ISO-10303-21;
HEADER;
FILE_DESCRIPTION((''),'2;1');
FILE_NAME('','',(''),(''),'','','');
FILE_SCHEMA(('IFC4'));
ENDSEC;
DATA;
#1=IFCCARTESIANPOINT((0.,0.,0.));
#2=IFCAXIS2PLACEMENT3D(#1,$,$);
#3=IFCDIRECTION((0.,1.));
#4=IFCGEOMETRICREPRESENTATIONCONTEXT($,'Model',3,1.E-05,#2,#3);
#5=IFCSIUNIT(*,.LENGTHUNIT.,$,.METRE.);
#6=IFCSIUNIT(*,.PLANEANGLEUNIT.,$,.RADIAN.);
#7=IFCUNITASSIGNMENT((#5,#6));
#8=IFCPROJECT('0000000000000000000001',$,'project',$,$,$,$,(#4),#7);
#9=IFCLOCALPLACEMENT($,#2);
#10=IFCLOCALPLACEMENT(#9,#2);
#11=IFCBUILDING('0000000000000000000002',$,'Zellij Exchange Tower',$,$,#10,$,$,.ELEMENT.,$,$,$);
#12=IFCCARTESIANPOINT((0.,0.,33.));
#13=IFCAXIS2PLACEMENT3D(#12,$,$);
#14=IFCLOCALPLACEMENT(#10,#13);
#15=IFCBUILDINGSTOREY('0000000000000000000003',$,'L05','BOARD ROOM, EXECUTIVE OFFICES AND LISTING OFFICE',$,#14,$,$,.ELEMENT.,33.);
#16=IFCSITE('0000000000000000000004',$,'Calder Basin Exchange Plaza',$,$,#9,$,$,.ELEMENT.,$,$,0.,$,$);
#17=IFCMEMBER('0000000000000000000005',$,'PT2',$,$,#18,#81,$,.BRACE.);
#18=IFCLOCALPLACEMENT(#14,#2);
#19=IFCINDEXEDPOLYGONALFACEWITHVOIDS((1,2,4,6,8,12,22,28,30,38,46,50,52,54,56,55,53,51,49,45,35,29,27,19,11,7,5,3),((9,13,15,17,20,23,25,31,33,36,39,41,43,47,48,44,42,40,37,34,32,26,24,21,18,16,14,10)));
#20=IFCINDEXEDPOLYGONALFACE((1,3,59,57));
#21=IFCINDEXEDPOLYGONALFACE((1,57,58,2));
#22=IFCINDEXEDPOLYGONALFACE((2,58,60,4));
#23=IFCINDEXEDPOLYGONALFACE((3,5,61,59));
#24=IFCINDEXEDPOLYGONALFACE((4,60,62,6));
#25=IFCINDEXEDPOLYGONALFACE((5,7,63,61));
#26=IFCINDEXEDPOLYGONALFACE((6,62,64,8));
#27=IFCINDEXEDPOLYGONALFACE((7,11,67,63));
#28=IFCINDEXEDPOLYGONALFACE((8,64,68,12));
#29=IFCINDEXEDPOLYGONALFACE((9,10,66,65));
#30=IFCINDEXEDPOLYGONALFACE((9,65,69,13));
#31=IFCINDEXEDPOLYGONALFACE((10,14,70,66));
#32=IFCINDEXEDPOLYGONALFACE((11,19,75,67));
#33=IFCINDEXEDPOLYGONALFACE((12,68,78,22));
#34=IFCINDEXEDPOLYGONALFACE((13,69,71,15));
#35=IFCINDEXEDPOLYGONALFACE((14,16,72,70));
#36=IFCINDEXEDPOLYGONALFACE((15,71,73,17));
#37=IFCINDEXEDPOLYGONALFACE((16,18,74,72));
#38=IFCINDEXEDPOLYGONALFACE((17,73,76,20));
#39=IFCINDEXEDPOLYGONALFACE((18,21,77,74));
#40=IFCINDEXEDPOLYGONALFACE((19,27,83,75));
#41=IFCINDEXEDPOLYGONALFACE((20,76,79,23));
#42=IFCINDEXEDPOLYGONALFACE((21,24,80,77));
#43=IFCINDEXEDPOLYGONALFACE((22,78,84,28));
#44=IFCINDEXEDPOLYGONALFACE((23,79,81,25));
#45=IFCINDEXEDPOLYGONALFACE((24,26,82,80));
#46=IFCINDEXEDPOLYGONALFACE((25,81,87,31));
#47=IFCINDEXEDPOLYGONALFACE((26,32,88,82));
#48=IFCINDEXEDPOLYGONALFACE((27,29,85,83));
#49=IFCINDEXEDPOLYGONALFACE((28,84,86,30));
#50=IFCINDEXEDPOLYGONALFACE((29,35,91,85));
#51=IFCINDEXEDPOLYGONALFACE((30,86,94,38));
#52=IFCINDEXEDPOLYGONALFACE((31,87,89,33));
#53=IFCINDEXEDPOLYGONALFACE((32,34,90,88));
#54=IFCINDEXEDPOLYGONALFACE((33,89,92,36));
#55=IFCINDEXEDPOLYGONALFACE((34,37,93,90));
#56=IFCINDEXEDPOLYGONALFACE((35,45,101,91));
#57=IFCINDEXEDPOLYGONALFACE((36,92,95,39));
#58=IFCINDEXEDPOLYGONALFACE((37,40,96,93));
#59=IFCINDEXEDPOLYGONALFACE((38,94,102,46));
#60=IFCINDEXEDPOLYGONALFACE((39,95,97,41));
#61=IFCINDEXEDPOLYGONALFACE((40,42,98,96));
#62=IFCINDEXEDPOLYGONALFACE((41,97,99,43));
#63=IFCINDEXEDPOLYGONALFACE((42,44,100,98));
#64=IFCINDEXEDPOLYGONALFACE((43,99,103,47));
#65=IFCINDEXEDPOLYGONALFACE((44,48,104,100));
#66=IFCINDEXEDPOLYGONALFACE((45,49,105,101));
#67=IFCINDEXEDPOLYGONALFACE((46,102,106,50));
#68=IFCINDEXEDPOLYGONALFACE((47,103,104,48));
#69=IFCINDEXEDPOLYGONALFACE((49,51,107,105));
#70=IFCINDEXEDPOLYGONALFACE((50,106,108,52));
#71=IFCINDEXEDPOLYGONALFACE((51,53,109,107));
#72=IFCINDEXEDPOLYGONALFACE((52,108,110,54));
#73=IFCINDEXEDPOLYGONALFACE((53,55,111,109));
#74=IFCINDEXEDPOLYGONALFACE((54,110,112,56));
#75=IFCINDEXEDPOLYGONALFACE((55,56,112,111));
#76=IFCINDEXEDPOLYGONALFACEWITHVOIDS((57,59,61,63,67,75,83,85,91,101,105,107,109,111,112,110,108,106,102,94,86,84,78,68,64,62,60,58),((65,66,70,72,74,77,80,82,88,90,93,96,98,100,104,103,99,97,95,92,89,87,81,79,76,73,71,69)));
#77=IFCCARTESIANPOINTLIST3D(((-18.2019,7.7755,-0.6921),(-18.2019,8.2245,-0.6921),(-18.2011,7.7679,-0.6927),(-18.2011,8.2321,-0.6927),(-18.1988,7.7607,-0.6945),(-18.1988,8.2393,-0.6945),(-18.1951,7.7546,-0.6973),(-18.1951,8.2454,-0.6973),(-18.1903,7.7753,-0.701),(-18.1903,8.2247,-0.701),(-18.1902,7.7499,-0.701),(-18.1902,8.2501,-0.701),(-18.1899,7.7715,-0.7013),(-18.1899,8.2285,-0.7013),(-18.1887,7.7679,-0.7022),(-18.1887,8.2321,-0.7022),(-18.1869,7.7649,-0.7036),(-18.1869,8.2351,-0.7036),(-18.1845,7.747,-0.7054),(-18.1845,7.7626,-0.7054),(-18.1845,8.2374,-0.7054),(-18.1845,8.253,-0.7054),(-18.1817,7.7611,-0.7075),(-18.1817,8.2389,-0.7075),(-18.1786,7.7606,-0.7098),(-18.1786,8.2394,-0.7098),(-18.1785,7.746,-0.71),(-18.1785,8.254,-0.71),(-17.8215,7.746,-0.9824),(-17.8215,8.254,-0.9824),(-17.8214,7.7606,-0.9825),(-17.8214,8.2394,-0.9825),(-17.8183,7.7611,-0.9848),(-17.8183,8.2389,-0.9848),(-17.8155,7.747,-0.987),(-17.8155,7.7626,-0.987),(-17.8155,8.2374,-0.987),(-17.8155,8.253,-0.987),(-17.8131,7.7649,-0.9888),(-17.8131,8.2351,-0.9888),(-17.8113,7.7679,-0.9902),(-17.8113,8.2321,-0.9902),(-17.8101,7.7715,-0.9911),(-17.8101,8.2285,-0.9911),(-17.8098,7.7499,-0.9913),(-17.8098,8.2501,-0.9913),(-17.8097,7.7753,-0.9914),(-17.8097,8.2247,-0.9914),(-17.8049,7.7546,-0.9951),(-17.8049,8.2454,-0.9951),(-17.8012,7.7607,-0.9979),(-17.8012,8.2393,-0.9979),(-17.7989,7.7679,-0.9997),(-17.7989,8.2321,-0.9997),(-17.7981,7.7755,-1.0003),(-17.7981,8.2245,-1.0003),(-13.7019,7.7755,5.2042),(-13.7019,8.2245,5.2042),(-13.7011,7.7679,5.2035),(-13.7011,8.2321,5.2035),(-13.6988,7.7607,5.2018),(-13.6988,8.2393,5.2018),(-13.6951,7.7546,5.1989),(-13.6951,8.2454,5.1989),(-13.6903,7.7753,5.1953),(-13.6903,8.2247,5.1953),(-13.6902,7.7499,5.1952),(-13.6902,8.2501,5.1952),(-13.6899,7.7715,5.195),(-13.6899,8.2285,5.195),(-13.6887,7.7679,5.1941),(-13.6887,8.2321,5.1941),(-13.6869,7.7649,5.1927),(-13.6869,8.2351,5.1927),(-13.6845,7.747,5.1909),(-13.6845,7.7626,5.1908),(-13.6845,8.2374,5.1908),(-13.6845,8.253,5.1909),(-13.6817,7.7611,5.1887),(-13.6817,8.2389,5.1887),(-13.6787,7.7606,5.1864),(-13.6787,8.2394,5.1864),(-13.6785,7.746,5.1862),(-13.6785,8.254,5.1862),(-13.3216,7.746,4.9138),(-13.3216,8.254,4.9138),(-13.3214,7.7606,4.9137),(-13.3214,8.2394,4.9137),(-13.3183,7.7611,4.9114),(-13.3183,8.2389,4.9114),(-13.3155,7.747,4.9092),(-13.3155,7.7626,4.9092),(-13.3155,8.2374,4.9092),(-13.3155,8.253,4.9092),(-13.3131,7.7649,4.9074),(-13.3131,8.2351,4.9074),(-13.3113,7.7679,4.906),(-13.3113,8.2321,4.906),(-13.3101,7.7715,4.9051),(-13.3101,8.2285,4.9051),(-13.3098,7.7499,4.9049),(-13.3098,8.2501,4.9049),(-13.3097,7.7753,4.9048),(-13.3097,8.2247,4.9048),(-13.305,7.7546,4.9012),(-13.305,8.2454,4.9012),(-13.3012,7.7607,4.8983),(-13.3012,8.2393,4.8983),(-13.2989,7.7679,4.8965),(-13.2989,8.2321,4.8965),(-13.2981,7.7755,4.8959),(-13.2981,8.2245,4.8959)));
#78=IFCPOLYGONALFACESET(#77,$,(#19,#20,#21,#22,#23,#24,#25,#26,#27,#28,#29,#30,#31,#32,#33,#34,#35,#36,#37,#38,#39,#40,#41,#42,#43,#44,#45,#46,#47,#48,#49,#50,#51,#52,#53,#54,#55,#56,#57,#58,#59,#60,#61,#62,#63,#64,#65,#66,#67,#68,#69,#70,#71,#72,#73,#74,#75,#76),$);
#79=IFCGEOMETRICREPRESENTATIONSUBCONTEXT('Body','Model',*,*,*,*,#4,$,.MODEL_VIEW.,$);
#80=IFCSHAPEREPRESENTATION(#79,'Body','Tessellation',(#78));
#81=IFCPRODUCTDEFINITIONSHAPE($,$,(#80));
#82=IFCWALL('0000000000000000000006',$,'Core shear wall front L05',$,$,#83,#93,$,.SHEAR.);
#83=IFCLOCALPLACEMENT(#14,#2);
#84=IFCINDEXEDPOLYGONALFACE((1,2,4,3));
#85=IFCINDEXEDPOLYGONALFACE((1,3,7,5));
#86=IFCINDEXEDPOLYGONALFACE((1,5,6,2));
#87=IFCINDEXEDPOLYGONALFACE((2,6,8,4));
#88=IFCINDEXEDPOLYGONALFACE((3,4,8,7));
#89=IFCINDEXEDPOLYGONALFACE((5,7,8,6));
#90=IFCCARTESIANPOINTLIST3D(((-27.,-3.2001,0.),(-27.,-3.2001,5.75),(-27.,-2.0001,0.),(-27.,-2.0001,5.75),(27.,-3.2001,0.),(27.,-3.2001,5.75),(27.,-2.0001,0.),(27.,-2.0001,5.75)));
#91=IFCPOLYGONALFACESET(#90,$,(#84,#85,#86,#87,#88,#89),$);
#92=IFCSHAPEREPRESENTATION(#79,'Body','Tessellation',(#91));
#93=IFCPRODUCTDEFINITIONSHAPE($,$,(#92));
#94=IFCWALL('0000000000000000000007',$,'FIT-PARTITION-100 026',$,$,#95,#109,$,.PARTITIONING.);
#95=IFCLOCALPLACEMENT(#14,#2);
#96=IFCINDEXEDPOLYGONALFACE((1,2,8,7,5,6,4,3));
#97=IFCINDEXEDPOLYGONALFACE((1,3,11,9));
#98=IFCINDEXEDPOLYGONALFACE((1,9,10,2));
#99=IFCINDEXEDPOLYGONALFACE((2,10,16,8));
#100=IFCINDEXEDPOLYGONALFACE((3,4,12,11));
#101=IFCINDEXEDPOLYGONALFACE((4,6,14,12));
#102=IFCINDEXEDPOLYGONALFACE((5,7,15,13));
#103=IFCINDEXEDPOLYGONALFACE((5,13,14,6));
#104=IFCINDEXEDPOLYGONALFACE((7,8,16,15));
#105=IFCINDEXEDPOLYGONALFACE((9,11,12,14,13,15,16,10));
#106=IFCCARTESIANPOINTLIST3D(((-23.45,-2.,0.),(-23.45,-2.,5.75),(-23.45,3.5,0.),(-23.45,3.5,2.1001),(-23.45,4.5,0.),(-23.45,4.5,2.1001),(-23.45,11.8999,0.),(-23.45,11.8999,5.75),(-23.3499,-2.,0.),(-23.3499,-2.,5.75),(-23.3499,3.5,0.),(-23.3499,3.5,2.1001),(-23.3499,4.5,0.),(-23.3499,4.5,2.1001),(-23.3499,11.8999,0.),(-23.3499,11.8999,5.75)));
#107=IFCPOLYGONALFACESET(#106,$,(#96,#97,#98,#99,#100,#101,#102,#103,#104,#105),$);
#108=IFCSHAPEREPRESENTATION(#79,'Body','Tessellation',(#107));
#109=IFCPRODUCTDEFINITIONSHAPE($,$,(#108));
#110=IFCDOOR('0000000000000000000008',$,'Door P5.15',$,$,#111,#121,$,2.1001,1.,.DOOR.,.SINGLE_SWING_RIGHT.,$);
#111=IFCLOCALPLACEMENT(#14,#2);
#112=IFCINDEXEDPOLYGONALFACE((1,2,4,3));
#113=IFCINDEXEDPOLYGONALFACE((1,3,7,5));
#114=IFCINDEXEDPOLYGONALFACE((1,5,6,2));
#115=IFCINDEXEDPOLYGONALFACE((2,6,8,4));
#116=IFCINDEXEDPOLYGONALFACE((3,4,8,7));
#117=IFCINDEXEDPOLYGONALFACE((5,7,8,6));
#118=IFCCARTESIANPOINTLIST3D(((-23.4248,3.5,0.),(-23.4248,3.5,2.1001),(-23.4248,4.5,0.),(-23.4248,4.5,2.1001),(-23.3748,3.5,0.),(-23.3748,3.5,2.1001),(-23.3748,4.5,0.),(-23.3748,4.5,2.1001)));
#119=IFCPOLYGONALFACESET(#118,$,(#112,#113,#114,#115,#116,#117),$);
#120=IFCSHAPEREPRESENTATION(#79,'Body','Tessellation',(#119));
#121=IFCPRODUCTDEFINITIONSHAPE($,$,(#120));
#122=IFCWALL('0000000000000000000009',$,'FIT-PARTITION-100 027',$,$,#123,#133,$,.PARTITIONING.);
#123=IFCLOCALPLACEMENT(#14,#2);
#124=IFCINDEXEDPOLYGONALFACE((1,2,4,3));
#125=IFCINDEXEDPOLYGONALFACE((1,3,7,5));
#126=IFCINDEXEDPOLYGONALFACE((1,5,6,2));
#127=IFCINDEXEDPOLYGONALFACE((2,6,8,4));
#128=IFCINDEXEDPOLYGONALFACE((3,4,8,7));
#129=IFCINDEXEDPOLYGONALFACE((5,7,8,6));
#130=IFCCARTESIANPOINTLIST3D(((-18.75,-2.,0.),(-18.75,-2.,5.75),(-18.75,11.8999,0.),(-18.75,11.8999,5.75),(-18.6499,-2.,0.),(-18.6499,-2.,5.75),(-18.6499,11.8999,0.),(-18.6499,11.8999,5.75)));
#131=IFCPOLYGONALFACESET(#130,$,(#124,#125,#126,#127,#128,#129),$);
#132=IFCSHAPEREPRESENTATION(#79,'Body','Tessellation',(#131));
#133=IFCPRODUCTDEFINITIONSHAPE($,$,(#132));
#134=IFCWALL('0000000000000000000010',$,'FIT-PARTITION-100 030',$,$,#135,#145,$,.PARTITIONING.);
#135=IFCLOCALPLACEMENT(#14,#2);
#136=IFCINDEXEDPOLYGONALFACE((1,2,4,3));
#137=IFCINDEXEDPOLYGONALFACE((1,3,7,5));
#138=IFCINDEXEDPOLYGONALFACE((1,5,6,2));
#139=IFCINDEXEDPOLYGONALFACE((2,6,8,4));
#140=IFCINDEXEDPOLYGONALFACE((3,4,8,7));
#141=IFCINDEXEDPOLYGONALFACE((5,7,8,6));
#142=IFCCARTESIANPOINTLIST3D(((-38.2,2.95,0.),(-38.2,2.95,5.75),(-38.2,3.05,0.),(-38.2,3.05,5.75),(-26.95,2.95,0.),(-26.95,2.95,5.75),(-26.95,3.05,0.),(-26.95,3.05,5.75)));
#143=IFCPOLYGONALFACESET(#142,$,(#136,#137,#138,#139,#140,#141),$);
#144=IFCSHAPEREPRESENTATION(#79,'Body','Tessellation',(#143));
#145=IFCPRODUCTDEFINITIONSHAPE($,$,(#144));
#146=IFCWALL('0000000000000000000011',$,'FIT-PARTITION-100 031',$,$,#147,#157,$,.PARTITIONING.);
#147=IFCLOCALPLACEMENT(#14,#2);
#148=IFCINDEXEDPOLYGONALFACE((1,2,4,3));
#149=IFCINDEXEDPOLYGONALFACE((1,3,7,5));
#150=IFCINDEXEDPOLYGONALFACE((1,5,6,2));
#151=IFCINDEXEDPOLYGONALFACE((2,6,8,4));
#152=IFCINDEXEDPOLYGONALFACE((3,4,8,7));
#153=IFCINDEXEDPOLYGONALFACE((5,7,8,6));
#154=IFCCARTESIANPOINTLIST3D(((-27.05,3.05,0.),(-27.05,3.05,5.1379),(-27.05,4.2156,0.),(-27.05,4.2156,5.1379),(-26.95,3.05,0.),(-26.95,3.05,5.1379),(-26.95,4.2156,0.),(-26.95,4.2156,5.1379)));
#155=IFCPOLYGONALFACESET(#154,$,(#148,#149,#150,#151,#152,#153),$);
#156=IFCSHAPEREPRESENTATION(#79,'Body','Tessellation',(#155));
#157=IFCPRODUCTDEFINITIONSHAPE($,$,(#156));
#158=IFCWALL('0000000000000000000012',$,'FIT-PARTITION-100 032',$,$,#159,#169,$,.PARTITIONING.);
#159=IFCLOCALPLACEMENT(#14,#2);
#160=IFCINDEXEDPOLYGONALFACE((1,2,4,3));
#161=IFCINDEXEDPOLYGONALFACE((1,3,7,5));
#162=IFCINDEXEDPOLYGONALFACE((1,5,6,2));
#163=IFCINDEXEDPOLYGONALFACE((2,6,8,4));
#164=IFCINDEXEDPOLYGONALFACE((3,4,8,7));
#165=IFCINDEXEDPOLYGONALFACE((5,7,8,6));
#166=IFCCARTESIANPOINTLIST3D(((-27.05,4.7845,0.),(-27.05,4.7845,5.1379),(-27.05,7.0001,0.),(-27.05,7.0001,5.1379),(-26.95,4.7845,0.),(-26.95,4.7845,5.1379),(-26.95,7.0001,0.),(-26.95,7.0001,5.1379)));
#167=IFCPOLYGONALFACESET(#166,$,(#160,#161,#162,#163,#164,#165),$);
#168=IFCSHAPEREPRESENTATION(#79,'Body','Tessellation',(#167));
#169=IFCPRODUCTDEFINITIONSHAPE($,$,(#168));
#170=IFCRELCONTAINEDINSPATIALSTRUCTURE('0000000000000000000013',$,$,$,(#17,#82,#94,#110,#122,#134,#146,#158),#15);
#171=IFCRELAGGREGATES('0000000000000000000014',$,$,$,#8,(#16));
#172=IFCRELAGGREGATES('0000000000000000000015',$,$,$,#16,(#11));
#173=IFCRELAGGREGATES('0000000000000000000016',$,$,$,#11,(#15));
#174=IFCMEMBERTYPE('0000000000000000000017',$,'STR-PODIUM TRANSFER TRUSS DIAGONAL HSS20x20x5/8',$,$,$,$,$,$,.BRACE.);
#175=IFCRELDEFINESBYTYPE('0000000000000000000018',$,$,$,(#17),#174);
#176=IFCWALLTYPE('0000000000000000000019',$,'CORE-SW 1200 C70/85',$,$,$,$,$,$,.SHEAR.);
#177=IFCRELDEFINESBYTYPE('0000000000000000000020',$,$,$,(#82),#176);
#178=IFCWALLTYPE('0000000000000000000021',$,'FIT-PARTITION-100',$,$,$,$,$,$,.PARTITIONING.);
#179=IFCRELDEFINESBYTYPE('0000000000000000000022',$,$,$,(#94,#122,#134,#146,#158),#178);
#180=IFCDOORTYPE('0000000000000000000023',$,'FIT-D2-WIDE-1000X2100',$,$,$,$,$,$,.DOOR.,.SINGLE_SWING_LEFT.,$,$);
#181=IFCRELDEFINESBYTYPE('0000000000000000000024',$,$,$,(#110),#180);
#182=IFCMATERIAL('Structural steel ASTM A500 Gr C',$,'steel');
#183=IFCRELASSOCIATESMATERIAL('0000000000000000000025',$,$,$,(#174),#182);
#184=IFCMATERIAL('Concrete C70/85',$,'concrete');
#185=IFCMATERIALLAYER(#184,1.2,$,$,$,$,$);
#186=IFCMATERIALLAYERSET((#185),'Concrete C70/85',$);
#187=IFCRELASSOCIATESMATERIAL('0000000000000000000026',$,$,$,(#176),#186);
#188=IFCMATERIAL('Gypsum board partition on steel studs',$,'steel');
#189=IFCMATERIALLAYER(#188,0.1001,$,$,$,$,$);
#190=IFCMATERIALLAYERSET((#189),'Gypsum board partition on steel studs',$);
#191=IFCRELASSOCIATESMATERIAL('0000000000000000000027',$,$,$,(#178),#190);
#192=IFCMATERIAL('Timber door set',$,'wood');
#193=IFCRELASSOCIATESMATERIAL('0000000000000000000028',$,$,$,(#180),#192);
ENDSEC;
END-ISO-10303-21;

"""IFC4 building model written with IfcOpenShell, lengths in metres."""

from ifc_helpers import new_model, si_unit, direction, frame, frame_2d, origin, origin_2d, place, context, subcontext, project, spatial, rectangle, hollow_rectangle, extrude, material, layer, layer_set, material_profile, profile_set, type_object, element, fill, save


model = new_model("IFC4")

# Units and contexts
model_context = context("Model", 3, precision=1e-05, world=origin(), true_north=direction((0.0, 1.0)))
body_context = subcontext(model_context, "Body", "Model", "MODEL_VIEW")
ifc_project = project(units=[si_unit("LENGTHUNIT", "METRE"), si_unit("PLANEANGLEUNIT", "RADIAN")], contexts=[model_context])

# Site, building, storey
site_placement = place(None, origin())
site = spatial("IfcSite", under=ifc_project, at=site_placement, Name="Calder Basin Exchange Plaza", CompositionType="ELEMENT", RefElevation=0.0)
building_placement = place(site_placement, origin())
building = spatial("IfcBuilding", under=site, at=building_placement, Name="Zellij Exchange Tower", CompositionType="ELEMENT")
storey_placement = place(building_placement, frame((0.0, 0.0, 33.0)))
storey = spatial("IfcBuildingStorey", under=building, at=storey_placement, Name="L05", Description="BOARD ROOM, EXECUTIVE OFFICES AND LISTING OFFICE", CompositionType="ELEMENT", Elevation=33.0)

# Shared definitions
ifc_material_1 = material(Name="Concrete C70/85", Category="concrete")

# Member
ifc_material_2 = material(Name="Structural steel ASTM A500 Gr C", Category="steel")
ifc_material_profile_1 = material_profile(ifc_material_2, hollow_rectangle(XDim=0.5081, YDim=0.5081, WallThickness=0.0146, InnerFilletRadius=0.0146, OuterFilletRadius=0.0295, at=origin_2d()), Name="STR-PODIUM TRANSFER TRUSS DIAGONAL HSS20x20x5/8")
ifc_profile_set_1 = profile_set([ifc_material_profile_1], Name="Structural steel ASTM A500 Gr C")
member_type = type_object("IfcMemberType", Name="STR-PODIUM TRANSFER TRUSS DIAGONAL HSS20x20x5/8", PredefinedType="BRACE", material=ifc_profile_set_1)
for number, where, z_axis, x_axis, name in (
    (1, (-18.0, 8.0, -0.8462), (0.606694, 0.0, 0.794936), (0.0, 1.0, 0.0), "PT2"),
):
    element("IfcMember", number, at=place(storey_placement, frame(where, z_axis=z_axis, x_axis=x_axis)), inside=storey, type_object=member_type, Name=name, PredefinedType="BRACE", context=body_context, shape_type="SweptSolid", body=[
        extrude(hollow_rectangle(XDim=0.5081, YDim=0.5081, WallThickness=0.0146, InnerFilletRadius=0.0146, OuterFilletRadius=0.0295, at=origin_2d()), origin(), (0.0, 0.0, 1.0), 7.4172),
    ])

# Wall
ifc_layer_1 = layer(ifc_material_1, 1.2)
ifc_layer_set_1 = layer_set([ifc_layer_1], Name="Concrete C70/85")
wall_type_1 = type_object("IfcWallType", Name="CORE-SW 1200 C70/85", PredefinedType="SHEAR", material=ifc_layer_set_1)
wall_1_placement = place(storey_placement, frame((-27.0, -2.6001, 0.0), z_axis=(0.0, 0.0, 1.0), x_axis=(1.0, 0.0, 0.0)))
element("IfcWall", 2, at=wall_1_placement, inside=storey, type_object=wall_type_1, Name="Core shear wall front L05", PredefinedType="SHEAR", context=body_context, shape_type="SweptSolid", body=[
    extrude(rectangle(XDim=54.0, YDim=1.2, at=frame_2d((27.0, 0.0))), origin(), (0.0, 0.0, 1.0), 5.75),
])

# Wall, opening, door
ifc_material_3 = material(Name="Gypsum board partition on steel studs", Category="steel")
ifc_layer_2 = layer(ifc_material_3, 0.1001)
ifc_layer_set_2 = layer_set([ifc_layer_2], Name="Gypsum board partition on steel studs")
wall_type_2 = type_object("IfcWallType", Name="FIT-PARTITION-100", PredefinedType="PARTITIONING", material=ifc_layer_set_2)
wall_2_placement = place(storey_placement, frame((-23.3999, -2.0, 0.0), z_axis=(0.0, 0.0, 1.0), x_axis=(0.0, 1.0, 0.0)))
wall_2 = element("IfcWall", 3, at=wall_2_placement, inside=storey, type_object=wall_type_2, Name="FIT-PARTITION-100 026", PredefinedType="PARTITIONING", context=body_context, shape_type="SweptSolid", body=[
    extrude(rectangle(XDim=13.8999, YDim=0.1001, at=frame_2d((6.95, 0.0))), origin(), (0.0, 0.0, 1.0), 5.75),
])
opening_placement = place(wall_2_placement, frame((5.5, 0.0, 0.0)))
opening = element("IfcOpeningElement", 4, at=opening_placement, cuts=wall_2, PredefinedType="OPENING", context=body_context, shape_type="SweptSolid", body=[
    extrude(rectangle(XDim=1.0, YDim=2.1001, at=frame_2d((0.5, 1.05))), frame((0.0, 0.062, 0.0), z_axis=(0.0, -1.0, 0.0), x_axis=(1.0, 0.0, 0.0)), (0.0, 0.0, 1.0), 0.124),
])
ifc_material_4 = material(Name="Timber door set", Category="wood")
door_type = type_object("IfcDoorType", Name="FIT-D2-WIDE-1000X2100", OperationType="SINGLE_SWING_LEFT", PredefinedType="DOOR", material=ifc_material_4)
door_placement = place(opening_placement, origin())
door = element("IfcDoor", 5, at=door_placement, inside=storey, type_object=door_type, Name="Door P5.15", OperationType="SINGLE_SWING_RIGHT", OverallHeight=2.1001, OverallWidth=1.0, PredefinedType="DOOR", context=body_context, shape_type="SweptSolid", body=[
    extrude(rectangle(XDim=1.0, YDim=2.1001, at=frame_2d((0.5, 1.05))), frame((0.0, 0.0249, 0.0), z_axis=(0.0, -1.0, 0.0), x_axis=(1.0, 0.0, 0.0)), (0.0, 0.0, 1.0), 0.05),
])
fill(opening, door)

# Walls
wall_3_placement = place(storey_placement, frame((-18.7, -2.0, 0.0), z_axis=(0.0, 0.0, 1.0), x_axis=(0.0, 1.0, 0.0)))
element("IfcWall", 6, at=wall_3_placement, inside=storey, type_object=wall_type_2, Name="FIT-PARTITION-100 027", PredefinedType="PARTITIONING", context=body_context, shape_type="SweptSolid", body=[
    extrude(rectangle(XDim=13.8999, YDim=0.1001, at=frame_2d((6.95, 0.0))), origin(), (0.0, 0.0, 1.0), 5.75),
])
wall_4_placement = place(storey_placement, frame((-38.2, 3.0, 0.0), z_axis=(0.0, 0.0, 1.0), x_axis=(1.0, 0.0, 0.0)))
element("IfcWall", 7, at=wall_4_placement, inside=storey, type_object=wall_type_2, Name="FIT-PARTITION-100 030", PredefinedType="PARTITIONING", context=body_context, shape_type="SweptSolid", body=[
    extrude(rectangle(XDim=11.25, YDim=0.1001, at=frame_2d((5.625, 0.0))), origin(), (0.0, 0.0, 1.0), 5.75),
])
wall_5_placement = place(storey_placement, frame((-27.0, 3.05, 0.0), z_axis=(0.0, 0.0, 1.0), x_axis=(0.0, 1.0, 0.0)))
element("IfcWall", 8, at=wall_5_placement, inside=storey, type_object=wall_type_2, Name="FIT-PARTITION-100 031", PredefinedType="PARTITIONING", context=body_context, shape_type="SweptSolid", body=[
    extrude(rectangle(XDim=1.1655, YDim=0.1001, at=frame_2d((0.5828, 0.0))), origin(), (0.0, 0.0, 1.0), 5.1379),
])
wall_6_placement = place(storey_placement, frame((-27.0, 4.7844, 0.0), z_axis=(0.0, 0.0, 1.0), x_axis=(0.0, 1.0, 0.0)))
element("IfcWall", 9, at=wall_6_placement, inside=storey, type_object=wall_type_2, Name="FIT-PARTITION-100 032", PredefinedType="PARTITIONING", context=body_context, shape_type="SweptSolid", body=[
    extrude(rectangle(XDim=2.2156, YDim=0.1001, at=frame_2d((1.1079, 0.0))), origin(), (0.0, 0.0, 1.0), 5.1379),
])

save(model, "model.ifc")
